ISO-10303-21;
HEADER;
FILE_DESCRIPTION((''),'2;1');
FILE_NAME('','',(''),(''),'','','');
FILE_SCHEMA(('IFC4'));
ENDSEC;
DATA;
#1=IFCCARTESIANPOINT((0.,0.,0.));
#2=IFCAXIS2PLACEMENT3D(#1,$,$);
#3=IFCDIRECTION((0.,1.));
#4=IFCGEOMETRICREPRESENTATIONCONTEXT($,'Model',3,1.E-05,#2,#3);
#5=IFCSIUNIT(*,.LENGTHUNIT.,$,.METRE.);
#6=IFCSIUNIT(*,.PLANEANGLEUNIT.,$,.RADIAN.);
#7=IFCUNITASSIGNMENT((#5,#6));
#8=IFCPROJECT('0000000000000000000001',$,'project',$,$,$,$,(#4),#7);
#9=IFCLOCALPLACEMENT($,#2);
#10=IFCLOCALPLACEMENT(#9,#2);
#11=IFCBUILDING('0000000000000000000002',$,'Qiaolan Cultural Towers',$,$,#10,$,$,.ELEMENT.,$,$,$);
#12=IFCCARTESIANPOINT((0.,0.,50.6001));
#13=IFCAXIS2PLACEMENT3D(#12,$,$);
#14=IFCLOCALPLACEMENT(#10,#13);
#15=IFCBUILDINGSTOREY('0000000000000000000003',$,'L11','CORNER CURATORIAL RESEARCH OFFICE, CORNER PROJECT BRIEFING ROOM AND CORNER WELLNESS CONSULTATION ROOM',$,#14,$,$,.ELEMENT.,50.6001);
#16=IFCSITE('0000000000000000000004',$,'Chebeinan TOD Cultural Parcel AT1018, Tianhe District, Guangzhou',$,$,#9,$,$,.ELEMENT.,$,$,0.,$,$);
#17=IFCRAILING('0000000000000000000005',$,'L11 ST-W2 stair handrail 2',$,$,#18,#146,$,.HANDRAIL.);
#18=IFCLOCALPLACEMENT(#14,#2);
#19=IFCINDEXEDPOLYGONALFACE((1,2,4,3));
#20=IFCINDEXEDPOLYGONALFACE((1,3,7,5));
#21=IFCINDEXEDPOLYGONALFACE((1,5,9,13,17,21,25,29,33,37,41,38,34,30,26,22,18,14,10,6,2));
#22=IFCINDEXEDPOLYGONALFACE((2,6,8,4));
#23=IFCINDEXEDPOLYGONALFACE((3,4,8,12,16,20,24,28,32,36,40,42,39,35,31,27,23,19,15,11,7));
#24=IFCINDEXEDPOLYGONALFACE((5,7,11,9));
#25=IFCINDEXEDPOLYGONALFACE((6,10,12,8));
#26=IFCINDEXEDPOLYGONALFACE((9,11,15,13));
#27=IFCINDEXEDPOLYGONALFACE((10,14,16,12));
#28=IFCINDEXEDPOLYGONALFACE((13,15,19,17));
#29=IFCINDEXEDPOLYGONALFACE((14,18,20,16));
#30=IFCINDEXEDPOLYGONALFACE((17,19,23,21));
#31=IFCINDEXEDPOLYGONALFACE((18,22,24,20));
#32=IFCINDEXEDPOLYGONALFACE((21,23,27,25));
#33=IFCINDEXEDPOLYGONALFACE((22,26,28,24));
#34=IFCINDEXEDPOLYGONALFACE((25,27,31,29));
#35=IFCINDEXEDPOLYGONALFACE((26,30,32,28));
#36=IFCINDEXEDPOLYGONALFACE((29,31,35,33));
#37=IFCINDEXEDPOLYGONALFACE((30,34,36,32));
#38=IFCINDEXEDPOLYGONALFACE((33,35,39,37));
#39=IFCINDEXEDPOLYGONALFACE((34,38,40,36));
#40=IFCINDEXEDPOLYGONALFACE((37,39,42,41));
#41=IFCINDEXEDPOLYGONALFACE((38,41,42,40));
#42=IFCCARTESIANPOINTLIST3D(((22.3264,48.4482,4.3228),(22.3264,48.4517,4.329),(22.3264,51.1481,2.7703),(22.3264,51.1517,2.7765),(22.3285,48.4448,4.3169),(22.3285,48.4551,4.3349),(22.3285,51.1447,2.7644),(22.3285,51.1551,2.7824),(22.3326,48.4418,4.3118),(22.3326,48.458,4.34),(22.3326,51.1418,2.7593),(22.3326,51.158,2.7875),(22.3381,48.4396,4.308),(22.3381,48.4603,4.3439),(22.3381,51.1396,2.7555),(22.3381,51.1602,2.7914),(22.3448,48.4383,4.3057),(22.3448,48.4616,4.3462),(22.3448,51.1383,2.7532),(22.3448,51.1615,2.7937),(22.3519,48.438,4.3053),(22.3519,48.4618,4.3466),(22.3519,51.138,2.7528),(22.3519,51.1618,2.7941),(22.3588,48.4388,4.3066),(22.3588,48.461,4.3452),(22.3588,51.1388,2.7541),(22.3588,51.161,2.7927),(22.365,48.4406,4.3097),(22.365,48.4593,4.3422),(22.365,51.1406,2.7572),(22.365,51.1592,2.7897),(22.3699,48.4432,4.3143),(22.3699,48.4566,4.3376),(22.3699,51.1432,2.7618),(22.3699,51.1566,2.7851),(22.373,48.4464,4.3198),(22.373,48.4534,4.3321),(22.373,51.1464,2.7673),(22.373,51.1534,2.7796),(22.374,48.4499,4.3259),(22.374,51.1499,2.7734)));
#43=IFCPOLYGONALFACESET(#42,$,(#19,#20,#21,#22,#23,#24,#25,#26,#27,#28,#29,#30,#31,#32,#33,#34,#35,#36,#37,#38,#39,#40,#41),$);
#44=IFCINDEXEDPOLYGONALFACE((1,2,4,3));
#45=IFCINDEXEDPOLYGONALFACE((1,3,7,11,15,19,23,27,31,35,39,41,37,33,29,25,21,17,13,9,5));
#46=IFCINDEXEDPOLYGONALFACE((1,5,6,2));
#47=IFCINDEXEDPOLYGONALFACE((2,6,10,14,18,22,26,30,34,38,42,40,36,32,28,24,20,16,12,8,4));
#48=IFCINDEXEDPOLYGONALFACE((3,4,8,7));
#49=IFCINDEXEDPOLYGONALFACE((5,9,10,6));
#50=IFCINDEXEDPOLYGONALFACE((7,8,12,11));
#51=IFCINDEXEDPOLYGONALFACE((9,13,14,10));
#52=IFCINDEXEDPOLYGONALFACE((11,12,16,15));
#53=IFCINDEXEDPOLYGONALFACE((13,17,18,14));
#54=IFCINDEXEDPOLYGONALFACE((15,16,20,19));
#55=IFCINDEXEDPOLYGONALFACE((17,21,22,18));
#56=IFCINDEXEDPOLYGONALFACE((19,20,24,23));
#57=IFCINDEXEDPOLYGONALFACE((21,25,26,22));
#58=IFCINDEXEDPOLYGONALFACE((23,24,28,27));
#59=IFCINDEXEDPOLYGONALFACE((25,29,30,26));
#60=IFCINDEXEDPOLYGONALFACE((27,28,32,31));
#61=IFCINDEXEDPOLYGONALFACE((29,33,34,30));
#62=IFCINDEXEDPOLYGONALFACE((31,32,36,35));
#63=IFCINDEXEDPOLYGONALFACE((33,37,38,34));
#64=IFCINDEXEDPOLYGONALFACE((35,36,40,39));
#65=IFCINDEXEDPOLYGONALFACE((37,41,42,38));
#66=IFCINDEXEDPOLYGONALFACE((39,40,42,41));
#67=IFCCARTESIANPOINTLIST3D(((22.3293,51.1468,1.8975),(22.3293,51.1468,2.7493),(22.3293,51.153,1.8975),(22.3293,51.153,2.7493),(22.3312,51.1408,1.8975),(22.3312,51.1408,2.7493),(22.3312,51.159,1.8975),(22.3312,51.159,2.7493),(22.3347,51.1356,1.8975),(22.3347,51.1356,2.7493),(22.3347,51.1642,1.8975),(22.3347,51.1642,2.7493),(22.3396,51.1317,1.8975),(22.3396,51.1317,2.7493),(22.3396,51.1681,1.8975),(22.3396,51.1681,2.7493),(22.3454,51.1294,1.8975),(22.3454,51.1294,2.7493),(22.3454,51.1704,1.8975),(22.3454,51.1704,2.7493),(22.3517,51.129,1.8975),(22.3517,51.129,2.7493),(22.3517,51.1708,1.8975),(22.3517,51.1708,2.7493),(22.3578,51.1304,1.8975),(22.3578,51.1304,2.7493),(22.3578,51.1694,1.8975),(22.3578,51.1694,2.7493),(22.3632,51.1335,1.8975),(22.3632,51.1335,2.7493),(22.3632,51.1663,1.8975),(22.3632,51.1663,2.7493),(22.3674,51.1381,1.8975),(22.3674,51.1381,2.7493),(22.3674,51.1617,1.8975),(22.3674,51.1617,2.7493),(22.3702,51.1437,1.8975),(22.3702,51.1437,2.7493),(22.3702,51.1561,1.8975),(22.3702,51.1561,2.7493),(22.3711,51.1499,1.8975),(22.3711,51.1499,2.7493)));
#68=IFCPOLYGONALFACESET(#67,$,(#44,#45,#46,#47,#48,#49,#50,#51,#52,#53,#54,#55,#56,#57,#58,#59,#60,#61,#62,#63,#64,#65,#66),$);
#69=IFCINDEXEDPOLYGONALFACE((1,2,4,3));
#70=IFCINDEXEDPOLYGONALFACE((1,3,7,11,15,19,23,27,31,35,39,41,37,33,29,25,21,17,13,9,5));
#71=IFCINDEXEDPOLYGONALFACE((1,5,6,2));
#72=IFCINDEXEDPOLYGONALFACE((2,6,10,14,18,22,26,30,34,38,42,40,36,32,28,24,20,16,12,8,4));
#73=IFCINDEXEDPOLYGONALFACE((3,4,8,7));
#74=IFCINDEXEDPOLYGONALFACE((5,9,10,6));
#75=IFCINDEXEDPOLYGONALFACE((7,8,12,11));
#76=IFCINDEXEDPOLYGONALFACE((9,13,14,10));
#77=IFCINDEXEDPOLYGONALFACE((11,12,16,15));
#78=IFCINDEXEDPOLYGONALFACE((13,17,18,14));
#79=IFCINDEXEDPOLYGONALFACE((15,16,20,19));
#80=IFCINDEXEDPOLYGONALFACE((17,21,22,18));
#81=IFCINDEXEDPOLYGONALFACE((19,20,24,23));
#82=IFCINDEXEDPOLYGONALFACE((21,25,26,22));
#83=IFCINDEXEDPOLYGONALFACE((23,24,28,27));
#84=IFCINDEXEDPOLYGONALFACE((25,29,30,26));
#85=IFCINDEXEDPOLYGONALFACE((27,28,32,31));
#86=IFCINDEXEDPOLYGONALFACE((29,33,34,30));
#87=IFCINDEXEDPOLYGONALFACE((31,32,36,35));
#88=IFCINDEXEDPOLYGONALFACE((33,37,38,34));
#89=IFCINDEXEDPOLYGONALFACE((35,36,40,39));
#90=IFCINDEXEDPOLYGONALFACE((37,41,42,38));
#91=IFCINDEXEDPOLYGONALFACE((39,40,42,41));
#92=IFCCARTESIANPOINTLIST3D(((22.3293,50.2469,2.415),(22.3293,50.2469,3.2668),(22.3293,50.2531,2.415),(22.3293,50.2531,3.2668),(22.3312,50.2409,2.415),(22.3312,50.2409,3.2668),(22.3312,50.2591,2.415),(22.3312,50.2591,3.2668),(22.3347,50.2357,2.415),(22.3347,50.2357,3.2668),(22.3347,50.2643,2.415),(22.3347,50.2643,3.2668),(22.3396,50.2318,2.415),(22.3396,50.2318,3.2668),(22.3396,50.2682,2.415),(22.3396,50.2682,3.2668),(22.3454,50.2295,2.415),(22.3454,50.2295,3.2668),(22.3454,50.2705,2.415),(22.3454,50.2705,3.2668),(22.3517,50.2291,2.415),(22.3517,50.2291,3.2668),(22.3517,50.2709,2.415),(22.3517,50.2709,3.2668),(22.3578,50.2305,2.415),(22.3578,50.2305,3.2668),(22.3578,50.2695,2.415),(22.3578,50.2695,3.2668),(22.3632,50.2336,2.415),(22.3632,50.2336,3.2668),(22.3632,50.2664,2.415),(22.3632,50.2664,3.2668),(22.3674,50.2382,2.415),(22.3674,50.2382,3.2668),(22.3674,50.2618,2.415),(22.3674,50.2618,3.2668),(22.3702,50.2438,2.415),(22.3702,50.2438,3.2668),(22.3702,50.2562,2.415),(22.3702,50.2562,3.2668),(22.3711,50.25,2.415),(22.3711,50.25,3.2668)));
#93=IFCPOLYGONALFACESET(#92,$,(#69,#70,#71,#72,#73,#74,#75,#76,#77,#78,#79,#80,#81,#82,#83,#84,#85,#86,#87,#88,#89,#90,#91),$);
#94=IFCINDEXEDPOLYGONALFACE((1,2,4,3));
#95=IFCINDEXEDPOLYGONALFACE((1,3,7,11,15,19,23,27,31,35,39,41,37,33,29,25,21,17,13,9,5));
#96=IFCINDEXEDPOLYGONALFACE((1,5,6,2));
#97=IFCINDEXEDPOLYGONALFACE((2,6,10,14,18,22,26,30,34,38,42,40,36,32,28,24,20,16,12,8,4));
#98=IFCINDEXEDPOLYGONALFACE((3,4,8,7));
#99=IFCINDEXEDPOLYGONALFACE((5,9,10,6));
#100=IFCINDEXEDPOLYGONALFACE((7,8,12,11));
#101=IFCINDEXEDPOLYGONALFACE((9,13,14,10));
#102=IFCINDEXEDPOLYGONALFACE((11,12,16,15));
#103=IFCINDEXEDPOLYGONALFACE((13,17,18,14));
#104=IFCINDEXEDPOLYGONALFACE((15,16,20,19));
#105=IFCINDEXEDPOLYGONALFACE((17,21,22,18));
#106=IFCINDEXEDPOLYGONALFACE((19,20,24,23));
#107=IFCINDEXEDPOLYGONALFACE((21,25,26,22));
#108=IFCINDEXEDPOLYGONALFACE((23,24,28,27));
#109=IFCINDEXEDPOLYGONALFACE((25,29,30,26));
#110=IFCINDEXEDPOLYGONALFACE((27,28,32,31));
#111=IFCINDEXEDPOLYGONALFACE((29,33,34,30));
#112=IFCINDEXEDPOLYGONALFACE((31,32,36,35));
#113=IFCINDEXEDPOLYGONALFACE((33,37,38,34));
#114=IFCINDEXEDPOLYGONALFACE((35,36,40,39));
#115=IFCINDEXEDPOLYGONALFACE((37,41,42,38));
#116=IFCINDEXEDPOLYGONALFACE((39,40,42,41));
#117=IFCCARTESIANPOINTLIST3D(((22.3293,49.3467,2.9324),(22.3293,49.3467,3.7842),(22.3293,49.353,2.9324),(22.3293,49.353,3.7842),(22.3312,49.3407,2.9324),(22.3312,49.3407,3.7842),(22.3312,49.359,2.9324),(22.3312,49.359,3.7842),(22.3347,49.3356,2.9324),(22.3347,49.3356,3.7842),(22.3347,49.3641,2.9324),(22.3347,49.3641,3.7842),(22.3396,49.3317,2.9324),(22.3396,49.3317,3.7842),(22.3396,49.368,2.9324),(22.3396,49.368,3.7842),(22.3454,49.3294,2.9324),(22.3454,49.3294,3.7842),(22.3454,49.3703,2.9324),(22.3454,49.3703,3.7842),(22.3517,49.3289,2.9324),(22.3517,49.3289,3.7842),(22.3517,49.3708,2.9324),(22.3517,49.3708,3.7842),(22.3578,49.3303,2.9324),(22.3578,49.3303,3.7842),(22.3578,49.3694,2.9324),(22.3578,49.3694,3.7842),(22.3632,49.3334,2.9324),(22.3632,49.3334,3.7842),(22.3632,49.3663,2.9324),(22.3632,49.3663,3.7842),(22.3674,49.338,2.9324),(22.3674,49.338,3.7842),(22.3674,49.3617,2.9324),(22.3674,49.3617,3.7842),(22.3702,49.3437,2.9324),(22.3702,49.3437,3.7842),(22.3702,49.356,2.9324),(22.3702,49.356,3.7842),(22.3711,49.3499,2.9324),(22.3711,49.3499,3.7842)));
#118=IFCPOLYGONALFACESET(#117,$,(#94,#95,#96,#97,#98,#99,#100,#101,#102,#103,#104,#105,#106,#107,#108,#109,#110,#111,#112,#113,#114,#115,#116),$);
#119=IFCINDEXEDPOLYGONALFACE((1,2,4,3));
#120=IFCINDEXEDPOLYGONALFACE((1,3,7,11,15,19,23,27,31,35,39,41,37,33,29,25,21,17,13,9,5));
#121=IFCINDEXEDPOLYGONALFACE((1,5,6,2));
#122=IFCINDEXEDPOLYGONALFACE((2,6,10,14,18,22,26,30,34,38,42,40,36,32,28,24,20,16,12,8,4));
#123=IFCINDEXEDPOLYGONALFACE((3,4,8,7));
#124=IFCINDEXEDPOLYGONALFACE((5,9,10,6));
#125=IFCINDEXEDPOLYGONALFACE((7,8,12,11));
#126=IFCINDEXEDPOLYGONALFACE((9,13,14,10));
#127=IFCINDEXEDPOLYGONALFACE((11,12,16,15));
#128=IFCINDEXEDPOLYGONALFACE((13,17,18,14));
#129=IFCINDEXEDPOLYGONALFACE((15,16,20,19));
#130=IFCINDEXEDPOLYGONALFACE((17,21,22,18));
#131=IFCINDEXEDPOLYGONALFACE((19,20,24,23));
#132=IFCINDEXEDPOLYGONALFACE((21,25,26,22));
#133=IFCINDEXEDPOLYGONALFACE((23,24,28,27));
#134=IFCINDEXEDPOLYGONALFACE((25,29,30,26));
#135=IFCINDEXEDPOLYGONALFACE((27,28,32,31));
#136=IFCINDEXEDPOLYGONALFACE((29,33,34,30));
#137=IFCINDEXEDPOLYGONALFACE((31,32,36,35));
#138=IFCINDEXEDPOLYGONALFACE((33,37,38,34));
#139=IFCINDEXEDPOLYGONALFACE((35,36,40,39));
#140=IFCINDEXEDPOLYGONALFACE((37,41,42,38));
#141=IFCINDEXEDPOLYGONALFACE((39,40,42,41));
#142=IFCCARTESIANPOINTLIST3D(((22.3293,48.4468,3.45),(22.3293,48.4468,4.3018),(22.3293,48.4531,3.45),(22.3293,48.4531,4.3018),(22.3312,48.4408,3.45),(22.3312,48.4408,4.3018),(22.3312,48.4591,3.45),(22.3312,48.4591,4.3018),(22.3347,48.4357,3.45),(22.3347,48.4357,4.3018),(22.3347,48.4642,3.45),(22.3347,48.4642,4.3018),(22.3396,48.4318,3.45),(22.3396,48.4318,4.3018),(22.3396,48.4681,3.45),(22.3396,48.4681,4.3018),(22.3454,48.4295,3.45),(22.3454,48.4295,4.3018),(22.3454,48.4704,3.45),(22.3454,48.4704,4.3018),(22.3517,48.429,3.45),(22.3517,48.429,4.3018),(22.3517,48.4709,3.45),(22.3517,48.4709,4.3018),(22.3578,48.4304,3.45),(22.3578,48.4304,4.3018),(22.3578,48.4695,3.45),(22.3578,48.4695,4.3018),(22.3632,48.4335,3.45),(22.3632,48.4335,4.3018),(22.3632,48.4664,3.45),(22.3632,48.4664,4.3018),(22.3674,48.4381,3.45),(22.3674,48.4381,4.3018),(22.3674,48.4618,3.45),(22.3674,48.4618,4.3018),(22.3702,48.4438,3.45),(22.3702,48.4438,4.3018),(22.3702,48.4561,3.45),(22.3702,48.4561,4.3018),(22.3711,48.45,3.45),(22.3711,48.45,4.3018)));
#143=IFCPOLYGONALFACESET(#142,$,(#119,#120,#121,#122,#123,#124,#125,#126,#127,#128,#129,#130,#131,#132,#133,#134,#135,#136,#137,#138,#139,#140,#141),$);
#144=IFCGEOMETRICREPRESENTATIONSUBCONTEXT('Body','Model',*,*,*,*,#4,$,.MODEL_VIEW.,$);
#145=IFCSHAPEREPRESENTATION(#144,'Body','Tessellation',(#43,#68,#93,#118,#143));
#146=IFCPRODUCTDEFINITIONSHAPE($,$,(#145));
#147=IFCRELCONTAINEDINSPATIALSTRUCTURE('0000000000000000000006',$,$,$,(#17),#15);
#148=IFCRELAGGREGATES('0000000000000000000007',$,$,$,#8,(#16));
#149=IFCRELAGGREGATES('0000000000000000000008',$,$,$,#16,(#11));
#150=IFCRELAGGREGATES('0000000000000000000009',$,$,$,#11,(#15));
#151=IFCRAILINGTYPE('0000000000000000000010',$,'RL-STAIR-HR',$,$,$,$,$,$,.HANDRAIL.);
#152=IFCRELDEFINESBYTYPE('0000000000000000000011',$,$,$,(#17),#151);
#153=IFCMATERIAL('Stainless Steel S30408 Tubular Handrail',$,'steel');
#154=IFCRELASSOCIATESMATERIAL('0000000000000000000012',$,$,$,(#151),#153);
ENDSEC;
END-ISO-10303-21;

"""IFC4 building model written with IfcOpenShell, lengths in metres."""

from ifc_helpers import new_model, si_unit, direction, frame, origin, origin_2d, place, context, subcontext, project, spatial, circle, extrude, material, type_object, element, save


model = new_model("IFC4")

# Units and contexts
model_context = context("Model", 3, precision=1e-05, world=origin(), true_north=direction((0.0, 1.0)))
body_context = subcontext(model_context, "Body", "Model", "MODEL_VIEW")
ifc_project = project(units=[si_unit("LENGTHUNIT", "METRE"), si_unit("PLANEANGLEUNIT", "RADIAN")], contexts=[model_context])

# Site, building, storey
site_placement = place(None, origin())
site = spatial("IfcSite", under=ifc_project, at=site_placement, Name="Chebeinan TOD Cultural Parcel AT1018, Tianhe District, Guangzhou", CompositionType="ELEMENT", RefElevation=0.0)
building_placement = place(site_placement, origin())
building = spatial("IfcBuilding", under=site, at=building_placement, Name="Qiaolan Cultural Towers", CompositionType="ELEMENT")
storey_placement = place(building_placement, frame((0.0, 0.0, 50.6001)))
storey = spatial("IfcBuildingStorey", under=building, at=storey_placement, Name="L11", Description="CORNER CURATORIAL RESEARCH OFFICE, CORNER PROJECT BRIEFING ROOM AND CORNER WELLNESS CONSULTATION ROOM", CompositionType="ELEMENT", Elevation=50.6001)

# Railing
ifc_material_1 = material(Name="Stainless Steel S30408 Tubular Handrail", Category="steel")
railing_type_1 = type_object("IfcRailingType", Name="RL-STAIR-HR", PredefinedType="HANDRAIL", material=ifc_material_1)
railing_1_placement = place(storey_placement, frame((22.3501, 51.1499, 1.8975)))
element("IfcRailing", 1, at=railing_1_placement, inside=storey, type_object=railing_type_1, Name="L11 ST-W2 stair handrail 2", PredefinedType="HANDRAIL", context=body_context, shape_type="SweptSolid", body=[
    extrude(circle(Radius=0.0239, at=origin_2d()), frame((0.0, 0.0, 0.876), z_axis=(0.0, -0.866904, 0.498476), x_axis=(1.0, 0.0, 0.0)), (0.0, 0.0, 1.0), 3.1145),
    extrude(circle(Radius=0.021, at=origin_2d()), origin(), (0.0, 0.0, 1.0), 0.8518),
    extrude(circle(Radius=0.021, at=origin_2d()), frame((0.0, -0.8999, 0.5176)), (0.0, 0.0, 1.0), 0.8518),
    extrude(circle(Radius=0.021, at=origin_2d()), frame((0.0, -1.8, 1.0349)), (0.0, 0.0, 1.0), 0.8518),
    extrude(circle(Radius=0.021, at=origin_2d()), frame((0.0, -2.7, 1.5525)), (0.0, 0.0, 1.0), 0.8518),
])

save(model, "model.ifc")
